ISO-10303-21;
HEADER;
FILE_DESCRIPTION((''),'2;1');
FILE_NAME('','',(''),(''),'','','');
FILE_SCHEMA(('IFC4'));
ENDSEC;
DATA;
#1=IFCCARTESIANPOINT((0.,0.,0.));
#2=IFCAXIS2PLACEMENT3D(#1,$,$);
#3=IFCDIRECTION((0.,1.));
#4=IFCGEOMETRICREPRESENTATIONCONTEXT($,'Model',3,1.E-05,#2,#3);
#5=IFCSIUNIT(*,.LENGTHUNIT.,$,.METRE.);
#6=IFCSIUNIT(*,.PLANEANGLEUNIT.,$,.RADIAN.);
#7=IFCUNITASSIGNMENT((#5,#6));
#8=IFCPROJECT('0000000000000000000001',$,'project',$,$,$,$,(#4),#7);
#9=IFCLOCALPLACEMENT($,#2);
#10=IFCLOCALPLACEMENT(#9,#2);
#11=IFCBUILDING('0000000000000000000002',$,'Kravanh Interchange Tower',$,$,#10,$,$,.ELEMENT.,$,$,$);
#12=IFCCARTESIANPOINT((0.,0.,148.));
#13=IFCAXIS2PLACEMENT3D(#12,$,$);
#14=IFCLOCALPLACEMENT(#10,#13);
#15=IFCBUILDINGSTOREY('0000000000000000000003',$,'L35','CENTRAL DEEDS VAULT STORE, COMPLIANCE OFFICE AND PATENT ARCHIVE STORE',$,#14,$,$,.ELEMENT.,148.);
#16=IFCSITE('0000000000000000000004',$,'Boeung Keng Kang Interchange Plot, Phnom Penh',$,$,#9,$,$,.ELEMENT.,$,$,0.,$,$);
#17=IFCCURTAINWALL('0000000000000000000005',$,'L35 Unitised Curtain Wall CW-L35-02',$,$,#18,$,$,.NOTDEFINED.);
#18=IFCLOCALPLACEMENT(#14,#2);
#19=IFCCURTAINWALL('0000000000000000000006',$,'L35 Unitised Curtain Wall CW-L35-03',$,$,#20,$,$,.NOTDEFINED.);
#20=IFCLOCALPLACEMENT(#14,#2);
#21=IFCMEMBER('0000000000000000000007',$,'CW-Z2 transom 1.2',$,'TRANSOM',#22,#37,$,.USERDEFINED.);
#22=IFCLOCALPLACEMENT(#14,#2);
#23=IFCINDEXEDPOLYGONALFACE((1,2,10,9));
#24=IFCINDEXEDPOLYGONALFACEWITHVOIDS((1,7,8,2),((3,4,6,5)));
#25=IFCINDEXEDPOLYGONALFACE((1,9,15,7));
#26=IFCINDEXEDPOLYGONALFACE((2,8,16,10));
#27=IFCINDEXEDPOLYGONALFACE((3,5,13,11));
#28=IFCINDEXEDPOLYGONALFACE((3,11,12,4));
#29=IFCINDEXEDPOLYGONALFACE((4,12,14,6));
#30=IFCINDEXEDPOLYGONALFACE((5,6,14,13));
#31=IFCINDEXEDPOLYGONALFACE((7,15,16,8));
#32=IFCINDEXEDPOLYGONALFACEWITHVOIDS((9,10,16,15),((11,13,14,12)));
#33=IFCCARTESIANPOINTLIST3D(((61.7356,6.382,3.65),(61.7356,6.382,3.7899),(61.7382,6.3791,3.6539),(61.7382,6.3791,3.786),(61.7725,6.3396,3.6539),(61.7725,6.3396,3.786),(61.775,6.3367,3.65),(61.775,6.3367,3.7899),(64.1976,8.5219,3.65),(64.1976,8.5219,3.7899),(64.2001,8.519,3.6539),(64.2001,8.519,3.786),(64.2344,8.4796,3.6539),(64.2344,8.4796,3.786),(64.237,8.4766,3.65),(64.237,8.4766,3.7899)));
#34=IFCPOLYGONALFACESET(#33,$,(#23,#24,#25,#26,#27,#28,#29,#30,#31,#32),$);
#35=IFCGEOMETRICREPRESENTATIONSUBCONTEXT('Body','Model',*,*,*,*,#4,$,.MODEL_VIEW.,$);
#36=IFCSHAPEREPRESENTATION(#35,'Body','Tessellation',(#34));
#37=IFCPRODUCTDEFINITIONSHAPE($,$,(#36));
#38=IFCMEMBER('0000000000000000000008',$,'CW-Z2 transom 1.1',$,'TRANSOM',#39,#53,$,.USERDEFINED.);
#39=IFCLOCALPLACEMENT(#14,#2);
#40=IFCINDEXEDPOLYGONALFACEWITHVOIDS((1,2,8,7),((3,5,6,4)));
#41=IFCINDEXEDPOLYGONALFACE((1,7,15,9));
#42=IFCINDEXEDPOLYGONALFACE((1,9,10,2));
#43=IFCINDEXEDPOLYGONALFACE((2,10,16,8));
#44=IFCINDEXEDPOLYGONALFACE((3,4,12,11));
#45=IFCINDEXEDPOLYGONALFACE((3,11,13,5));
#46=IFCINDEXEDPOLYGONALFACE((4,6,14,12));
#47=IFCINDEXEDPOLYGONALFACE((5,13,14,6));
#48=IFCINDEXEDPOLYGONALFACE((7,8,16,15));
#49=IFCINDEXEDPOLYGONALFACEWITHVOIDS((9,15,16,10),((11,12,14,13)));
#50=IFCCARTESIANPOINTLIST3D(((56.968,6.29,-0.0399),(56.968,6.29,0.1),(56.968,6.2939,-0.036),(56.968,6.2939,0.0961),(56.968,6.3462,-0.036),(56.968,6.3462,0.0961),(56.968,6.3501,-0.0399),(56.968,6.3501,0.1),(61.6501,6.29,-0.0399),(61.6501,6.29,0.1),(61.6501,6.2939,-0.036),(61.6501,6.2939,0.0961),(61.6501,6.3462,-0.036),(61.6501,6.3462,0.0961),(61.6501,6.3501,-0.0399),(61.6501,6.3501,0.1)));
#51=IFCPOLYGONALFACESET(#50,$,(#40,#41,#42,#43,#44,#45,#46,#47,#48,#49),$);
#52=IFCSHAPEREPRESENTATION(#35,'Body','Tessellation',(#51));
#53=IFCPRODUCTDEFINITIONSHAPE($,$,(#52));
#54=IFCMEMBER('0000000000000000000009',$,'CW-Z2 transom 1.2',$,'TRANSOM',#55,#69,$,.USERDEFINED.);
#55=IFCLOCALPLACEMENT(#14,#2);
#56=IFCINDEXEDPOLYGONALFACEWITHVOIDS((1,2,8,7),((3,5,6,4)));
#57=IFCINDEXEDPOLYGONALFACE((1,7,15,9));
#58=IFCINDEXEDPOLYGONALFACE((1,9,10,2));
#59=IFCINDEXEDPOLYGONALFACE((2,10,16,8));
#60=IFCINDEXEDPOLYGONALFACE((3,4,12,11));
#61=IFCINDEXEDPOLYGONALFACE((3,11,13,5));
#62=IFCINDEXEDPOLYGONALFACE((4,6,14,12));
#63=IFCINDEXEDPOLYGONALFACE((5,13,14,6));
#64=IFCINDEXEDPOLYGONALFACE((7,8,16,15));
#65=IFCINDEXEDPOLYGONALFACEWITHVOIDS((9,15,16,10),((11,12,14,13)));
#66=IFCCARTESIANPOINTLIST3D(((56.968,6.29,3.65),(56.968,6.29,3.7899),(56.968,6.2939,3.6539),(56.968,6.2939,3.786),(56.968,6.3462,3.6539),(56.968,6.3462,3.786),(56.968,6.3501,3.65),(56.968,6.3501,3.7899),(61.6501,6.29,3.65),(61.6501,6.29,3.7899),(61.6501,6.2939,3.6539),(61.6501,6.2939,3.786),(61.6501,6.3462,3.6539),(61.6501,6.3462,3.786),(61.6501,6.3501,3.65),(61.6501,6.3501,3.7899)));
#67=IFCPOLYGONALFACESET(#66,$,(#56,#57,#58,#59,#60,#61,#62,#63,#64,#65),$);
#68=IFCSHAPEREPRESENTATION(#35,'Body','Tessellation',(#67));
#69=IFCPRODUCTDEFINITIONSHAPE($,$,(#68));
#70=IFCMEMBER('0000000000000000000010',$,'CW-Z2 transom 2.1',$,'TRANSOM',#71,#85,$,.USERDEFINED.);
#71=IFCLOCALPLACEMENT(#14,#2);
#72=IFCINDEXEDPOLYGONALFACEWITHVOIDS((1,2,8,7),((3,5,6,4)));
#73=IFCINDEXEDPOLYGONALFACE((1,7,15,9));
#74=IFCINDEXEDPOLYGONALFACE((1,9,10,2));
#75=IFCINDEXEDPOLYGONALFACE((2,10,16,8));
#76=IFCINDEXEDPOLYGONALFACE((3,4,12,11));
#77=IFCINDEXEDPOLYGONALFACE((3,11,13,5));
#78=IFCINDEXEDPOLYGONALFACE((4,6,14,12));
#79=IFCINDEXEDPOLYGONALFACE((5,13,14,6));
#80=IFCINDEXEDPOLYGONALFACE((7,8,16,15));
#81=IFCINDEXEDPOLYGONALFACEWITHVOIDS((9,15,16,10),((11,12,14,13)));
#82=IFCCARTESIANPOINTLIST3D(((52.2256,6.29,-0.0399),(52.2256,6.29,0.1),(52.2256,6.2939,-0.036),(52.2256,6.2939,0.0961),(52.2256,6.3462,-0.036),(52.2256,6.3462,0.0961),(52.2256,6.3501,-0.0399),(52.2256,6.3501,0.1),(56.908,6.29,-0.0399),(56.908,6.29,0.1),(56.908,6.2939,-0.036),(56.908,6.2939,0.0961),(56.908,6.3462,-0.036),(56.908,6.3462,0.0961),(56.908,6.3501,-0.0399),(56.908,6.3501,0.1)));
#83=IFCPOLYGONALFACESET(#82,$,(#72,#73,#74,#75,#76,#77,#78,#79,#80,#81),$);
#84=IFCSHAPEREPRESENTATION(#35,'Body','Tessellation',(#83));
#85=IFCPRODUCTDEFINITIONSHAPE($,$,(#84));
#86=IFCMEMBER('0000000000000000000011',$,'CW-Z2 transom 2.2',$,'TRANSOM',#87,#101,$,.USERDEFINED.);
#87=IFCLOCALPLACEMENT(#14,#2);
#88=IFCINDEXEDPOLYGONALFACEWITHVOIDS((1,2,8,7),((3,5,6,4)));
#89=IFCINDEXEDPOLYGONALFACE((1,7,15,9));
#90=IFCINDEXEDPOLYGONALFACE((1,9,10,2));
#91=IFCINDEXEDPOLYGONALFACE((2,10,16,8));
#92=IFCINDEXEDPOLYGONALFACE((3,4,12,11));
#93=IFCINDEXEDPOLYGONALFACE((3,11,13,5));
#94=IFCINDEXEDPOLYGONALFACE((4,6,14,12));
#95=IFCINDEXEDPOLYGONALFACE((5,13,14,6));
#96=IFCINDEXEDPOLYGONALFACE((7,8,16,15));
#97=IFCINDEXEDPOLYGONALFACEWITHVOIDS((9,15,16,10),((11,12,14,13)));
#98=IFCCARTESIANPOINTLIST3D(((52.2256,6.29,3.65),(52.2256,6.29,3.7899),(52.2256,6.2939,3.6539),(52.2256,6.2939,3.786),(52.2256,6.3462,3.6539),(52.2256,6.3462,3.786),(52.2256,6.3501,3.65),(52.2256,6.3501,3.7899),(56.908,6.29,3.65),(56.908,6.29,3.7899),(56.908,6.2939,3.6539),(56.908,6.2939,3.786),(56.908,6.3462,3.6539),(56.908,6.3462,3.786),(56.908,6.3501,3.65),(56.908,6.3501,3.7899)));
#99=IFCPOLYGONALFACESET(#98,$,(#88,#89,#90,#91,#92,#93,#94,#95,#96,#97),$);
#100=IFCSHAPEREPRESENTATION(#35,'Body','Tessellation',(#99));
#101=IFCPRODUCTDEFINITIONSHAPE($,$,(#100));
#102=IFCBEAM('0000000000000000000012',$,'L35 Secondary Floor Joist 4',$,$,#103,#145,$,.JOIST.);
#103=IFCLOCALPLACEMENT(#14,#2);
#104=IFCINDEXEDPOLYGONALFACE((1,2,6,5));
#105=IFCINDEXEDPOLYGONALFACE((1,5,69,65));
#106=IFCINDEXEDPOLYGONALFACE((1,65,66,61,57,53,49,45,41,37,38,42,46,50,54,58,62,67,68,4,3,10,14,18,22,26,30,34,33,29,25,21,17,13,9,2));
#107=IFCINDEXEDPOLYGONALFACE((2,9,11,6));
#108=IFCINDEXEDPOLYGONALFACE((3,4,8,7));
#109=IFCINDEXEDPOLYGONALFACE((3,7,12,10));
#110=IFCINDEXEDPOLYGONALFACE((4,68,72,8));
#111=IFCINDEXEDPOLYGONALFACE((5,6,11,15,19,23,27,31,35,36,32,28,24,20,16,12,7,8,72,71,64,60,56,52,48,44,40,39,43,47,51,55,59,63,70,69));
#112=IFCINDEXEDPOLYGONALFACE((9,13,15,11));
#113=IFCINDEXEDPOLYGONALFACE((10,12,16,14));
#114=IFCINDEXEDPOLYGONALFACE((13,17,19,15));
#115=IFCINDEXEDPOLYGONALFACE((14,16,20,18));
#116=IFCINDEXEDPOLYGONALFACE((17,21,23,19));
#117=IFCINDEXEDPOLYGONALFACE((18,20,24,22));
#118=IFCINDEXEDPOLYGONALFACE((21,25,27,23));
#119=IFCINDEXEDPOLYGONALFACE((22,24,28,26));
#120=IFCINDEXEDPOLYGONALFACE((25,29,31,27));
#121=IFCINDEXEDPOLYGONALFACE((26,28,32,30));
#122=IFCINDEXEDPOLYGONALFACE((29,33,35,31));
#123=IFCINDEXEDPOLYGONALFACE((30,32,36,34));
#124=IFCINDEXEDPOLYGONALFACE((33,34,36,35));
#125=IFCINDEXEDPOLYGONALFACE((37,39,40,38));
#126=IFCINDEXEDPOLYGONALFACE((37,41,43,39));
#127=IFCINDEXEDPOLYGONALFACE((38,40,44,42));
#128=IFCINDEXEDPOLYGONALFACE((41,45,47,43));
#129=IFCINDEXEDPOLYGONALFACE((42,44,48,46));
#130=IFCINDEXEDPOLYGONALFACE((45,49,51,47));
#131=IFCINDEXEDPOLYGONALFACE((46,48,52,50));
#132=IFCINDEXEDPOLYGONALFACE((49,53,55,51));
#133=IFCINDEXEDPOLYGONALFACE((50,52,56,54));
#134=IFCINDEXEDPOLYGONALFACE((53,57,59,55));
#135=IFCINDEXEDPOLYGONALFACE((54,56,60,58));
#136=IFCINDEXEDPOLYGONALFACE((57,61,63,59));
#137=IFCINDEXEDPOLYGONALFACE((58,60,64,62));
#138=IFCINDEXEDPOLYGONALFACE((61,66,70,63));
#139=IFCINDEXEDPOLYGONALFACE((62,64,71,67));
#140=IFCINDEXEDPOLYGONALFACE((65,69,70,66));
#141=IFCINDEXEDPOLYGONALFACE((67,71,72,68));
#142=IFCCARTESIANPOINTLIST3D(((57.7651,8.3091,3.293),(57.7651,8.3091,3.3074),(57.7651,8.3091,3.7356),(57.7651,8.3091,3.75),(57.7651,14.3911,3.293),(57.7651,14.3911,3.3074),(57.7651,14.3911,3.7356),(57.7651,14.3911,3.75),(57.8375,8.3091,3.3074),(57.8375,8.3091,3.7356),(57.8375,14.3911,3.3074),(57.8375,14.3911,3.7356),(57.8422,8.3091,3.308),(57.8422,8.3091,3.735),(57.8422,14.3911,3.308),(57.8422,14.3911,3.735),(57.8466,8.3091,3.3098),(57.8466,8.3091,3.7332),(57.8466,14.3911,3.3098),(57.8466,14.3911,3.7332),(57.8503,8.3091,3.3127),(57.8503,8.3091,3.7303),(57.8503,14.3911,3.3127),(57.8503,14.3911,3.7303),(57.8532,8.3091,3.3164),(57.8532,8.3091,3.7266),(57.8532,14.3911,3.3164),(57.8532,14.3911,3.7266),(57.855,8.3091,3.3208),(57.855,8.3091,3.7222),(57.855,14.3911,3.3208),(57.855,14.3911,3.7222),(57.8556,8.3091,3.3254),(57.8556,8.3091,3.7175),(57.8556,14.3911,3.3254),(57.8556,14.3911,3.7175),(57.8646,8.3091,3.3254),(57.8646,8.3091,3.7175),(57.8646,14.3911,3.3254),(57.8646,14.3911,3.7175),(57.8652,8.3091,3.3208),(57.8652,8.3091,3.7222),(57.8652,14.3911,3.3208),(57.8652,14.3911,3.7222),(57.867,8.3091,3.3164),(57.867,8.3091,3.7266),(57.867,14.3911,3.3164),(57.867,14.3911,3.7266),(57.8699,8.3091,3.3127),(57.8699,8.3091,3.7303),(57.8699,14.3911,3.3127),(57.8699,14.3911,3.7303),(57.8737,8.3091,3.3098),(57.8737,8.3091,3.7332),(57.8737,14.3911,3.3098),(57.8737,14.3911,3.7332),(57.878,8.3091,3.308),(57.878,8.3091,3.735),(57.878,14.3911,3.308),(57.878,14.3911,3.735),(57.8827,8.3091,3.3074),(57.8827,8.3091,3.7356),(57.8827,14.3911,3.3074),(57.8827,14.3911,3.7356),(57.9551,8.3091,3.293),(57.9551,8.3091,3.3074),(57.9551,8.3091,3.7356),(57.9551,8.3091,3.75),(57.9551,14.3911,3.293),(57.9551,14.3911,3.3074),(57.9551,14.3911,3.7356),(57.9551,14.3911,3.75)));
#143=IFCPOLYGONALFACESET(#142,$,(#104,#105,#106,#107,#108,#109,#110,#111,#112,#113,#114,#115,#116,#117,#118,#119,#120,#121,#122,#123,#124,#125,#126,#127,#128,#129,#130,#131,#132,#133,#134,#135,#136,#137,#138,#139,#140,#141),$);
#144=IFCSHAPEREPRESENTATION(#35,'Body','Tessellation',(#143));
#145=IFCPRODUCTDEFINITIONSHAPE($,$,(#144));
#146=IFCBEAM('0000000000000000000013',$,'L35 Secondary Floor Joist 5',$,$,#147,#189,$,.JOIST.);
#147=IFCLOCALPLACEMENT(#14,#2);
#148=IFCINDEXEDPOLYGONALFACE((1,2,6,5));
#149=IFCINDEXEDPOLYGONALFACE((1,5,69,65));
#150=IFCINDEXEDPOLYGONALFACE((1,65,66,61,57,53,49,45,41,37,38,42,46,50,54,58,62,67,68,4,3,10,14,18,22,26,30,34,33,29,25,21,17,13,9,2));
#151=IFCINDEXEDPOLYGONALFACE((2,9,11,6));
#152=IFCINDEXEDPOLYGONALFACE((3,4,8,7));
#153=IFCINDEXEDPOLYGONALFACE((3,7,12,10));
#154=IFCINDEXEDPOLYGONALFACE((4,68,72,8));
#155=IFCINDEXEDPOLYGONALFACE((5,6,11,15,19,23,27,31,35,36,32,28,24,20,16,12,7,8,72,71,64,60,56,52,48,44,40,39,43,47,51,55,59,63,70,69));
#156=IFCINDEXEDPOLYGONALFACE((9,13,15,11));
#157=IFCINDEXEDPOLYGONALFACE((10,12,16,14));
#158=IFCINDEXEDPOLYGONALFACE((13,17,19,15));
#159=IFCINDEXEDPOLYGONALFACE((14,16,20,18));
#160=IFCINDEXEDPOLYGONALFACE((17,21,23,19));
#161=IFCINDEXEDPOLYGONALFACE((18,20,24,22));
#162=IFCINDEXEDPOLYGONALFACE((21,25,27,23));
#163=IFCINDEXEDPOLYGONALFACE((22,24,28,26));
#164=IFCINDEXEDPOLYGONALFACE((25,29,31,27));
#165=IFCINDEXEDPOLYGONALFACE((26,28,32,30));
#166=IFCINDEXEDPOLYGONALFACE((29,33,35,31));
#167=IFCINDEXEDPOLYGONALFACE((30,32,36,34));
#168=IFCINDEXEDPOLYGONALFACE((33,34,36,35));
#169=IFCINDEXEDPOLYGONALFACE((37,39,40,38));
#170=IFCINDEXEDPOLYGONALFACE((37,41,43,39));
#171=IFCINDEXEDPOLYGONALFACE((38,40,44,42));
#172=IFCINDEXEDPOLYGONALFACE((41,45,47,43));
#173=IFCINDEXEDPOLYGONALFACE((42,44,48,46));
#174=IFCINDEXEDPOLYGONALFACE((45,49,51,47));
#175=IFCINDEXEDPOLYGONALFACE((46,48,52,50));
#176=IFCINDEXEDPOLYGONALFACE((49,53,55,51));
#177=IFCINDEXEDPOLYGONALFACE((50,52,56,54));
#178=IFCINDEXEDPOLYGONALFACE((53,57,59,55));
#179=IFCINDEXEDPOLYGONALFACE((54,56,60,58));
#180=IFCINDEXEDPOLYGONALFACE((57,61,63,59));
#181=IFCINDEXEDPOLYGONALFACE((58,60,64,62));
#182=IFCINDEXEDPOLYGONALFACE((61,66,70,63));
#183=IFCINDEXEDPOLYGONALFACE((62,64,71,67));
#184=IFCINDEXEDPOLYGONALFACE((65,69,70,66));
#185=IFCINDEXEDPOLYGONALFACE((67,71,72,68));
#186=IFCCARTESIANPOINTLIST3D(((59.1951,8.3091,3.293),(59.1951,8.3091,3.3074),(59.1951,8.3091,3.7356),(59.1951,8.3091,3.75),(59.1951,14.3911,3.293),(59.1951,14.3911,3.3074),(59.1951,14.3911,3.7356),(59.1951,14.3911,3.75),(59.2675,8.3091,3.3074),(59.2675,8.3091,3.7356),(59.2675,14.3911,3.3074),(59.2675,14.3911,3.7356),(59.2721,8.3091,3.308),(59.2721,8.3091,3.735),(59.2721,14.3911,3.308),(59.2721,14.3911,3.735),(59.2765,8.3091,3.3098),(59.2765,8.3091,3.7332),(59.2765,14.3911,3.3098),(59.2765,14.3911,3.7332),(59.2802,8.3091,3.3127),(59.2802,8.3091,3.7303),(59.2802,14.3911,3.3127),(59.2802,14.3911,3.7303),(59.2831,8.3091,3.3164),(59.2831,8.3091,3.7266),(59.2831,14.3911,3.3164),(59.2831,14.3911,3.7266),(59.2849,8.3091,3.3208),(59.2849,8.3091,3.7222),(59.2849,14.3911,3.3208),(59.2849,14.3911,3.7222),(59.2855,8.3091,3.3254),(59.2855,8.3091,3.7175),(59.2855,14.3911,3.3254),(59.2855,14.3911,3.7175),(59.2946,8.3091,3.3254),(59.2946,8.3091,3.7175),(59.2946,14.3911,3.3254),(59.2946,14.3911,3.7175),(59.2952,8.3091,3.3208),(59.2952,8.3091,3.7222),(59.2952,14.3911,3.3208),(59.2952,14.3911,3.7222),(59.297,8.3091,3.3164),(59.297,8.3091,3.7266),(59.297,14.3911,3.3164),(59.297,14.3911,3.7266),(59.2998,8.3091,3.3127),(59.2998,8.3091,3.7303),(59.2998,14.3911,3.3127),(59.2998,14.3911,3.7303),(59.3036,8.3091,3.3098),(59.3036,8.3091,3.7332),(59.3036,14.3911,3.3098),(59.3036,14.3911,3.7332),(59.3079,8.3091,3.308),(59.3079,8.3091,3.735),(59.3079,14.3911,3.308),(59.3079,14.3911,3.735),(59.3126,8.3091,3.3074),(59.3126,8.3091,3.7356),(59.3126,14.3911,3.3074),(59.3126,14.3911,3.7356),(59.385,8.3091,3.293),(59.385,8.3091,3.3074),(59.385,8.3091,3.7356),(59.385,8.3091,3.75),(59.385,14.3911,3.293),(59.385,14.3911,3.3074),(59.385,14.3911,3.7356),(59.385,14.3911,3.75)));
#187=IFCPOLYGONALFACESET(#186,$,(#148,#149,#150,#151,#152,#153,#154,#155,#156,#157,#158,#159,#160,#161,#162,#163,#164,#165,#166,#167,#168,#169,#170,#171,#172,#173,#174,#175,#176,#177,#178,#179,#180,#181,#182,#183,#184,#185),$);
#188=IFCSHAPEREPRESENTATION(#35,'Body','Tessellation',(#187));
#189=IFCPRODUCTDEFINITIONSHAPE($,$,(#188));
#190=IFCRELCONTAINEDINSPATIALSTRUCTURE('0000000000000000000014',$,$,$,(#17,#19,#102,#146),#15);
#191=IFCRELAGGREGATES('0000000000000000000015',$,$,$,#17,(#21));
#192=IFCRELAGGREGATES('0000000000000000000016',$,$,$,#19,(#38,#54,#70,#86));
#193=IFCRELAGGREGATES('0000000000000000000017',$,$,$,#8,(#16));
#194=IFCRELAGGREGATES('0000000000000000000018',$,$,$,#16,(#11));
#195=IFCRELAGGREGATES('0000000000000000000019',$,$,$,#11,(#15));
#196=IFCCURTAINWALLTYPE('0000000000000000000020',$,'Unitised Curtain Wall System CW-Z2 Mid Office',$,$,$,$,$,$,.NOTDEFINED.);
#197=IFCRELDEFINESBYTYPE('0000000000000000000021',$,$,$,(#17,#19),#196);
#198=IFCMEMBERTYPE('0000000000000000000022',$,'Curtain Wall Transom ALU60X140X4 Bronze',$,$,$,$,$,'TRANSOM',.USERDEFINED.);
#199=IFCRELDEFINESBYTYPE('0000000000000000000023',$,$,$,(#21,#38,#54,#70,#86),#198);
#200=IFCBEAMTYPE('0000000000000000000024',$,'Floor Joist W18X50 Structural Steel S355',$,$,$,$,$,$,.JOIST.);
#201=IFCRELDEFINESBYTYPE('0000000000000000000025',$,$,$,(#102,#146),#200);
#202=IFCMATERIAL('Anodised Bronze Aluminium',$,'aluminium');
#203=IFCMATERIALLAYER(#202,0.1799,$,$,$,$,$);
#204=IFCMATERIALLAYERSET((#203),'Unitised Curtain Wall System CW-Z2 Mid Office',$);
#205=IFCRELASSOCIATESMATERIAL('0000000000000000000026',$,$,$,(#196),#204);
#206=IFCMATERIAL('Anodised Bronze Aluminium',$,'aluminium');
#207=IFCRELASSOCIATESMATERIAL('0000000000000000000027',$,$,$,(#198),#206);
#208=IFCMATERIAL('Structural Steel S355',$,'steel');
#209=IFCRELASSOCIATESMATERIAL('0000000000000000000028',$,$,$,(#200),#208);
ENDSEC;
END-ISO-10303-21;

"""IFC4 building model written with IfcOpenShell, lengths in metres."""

from ifc_helpers import new_model, si_unit, direction, frame, origin, origin_2d, place, context, subcontext, project, spatial, hollow_rectangle, i_section, extrude, material, layer, layer_set, material_profile, profile_set, type_object, element, aggregate, save


model = new_model("IFC4")

# Units and contexts
model_context = context("Model", 3, precision=1e-05, world=origin(), true_north=direction((0.0, 1.0)))
body_context = subcontext(model_context, "Body", "Model", "MODEL_VIEW")
ifc_project = project(units=[si_unit("LENGTHUNIT", "METRE"), si_unit("PLANEANGLEUNIT", "RADIAN")], contexts=[model_context])

# Site, building, storey
site_placement = place(None, origin())
site = spatial("IfcSite", under=ifc_project, at=site_placement, Name="Boeung Keng Kang Interchange Plot, Phnom Penh", CompositionType="ELEMENT", RefElevation=0.0)
building_placement = place(site_placement, origin())
building = spatial("IfcBuilding", under=site, at=building_placement, Name="Kravanh Interchange Tower", CompositionType="ELEMENT")
storey_placement = place(building_placement, frame((0.0, 0.0, 148.0)))
storey = spatial("IfcBuildingStorey", under=building, at=storey_placement, Name="L35", Description="CENTRAL DEEDS VAULT STORE, COMPLIANCE OFFICE AND PATENT ARCHIVE STORE", CompositionType="ELEMENT", Elevation=148.0)

# Curtain walls
ifc_material_1 = material(Name="Anodised Bronze Aluminium", Category="aluminium")
ifc_layer_1 = layer(ifc_material_1, 0.1799)
ifc_layer_set_1 = layer_set([ifc_layer_1], Name="Unitised Curtain Wall System CW-Z2 Mid Office")
curtain_wall_type = type_object("IfcCurtainWallType", Name="Unitised Curtain Wall System CW-Z2 Mid Office", PredefinedType="NOTDEFINED", material=ifc_layer_set_1)
curtain_wall_1_placement = place(storey_placement, origin())
curtain_wall_1 = element("IfcCurtainWall", 1, at=curtain_wall_1_placement, inside=storey, type_object=curtain_wall_type, Name="L35 Unitised Curtain Wall CW-L35-02", PredefinedType="NOTDEFINED")
curtain_wall_2_placement = place(storey_placement, origin())
curtain_wall_2 = element("IfcCurtainWall", 2, at=curtain_wall_2_placement, inside=storey, type_object=curtain_wall_type, Name="L35 Unitised Curtain Wall CW-L35-03", PredefinedType="NOTDEFINED")

# Members
ifc_material_2 = material(Name="Anodised Bronze Aluminium", Category="aluminium")
ifc_material_profile_1 = material_profile(ifc_material_2, hollow_rectangle(XDim=0.0601, YDim=0.1399, WallThickness=0.0039, at=origin_2d()), Name="ALU60X140X4")
ifc_profile_set_1 = profile_set([ifc_material_profile_1], Name="Anodised Bronze Aluminium")
member_type_1 = type_object("IfcMemberType", Name="Curtain Wall Transom ALU60X140X4 Bronze", ElementType="TRANSOM", PredefinedType="USERDEFINED", material=ifc_profile_set_1)
member_1_placement = place(storey_placement, frame((64.2173, 8.4993, 3.72), z_axis=(-0.754742, -0.656021, 0.0), x_axis=(0.656021, -0.754742, 0.0)))
member_1 = element("IfcMember", 3, at=member_1_placement, type_object=member_type_1, Name="CW-Z2 transom 1.2", ObjectType="TRANSOM", PredefinedType="USERDEFINED", context=body_context, shape_type="SweptSolid", body=[
    extrude(hollow_rectangle(XDim=0.0601, YDim=0.1399, WallThickness=0.0039, at=origin_2d()), origin(), (0.0, 0.0, 1.0), 3.262),
])
member_2_placement = place(storey_placement, frame((61.6501, 6.3201, 0.03), z_axis=(-1.0, 0.0, 0.0), x_axis=(0.0, -1.0, 0.0)))
member_2 = element("IfcMember", 4, at=member_2_placement, type_object=member_type_1, Name="CW-Z2 transom 1.1", ObjectType="TRANSOM", PredefinedType="USERDEFINED", context=body_context, shape_type="SweptSolid", body=[
    extrude(hollow_rectangle(XDim=0.0601, YDim=0.1399, WallThickness=0.0039, at=origin_2d()), origin(), (0.0, 0.0, 1.0), 4.6821),
])
member_3_placement = place(storey_placement, frame((61.6501, 6.3201, 3.72), z_axis=(-1.0, 0.0, 0.0), x_axis=(0.0, -1.0, 0.0)))
member_3 = element("IfcMember", 5, at=member_3_placement, type_object=member_type_1, Name="CW-Z2 transom 1.2", ObjectType="TRANSOM", PredefinedType="USERDEFINED", context=body_context, shape_type="SweptSolid", body=[
    extrude(hollow_rectangle(XDim=0.0601, YDim=0.1399, WallThickness=0.0039, at=origin_2d()), origin(), (0.0, 0.0, 1.0), 4.6821),
])
member_4_placement = place(storey_placement, frame((56.908, 6.3201, 0.03), z_axis=(-1.0, 0.0, 0.0), x_axis=(0.0, -1.0, 0.0)))
member_4 = element("IfcMember", 6, at=member_4_placement, type_object=member_type_1, Name="CW-Z2 transom 2.1", ObjectType="TRANSOM", PredefinedType="USERDEFINED", context=body_context, shape_type="SweptSolid", body=[
    extrude(hollow_rectangle(XDim=0.0601, YDim=0.1399, WallThickness=0.0039, at=origin_2d()), origin(), (0.0, 0.0, 1.0), 4.6824),
])
member_5_placement = place(storey_placement, frame((56.908, 6.3201, 3.72), z_axis=(-1.0, 0.0, 0.0), x_axis=(0.0, -1.0, 0.0)))
member_5 = element("IfcMember", 7, at=member_5_placement, type_object=member_type_1, Name="CW-Z2 transom 2.2", ObjectType="TRANSOM", PredefinedType="USERDEFINED", context=body_context, shape_type="SweptSolid", body=[
    extrude(hollow_rectangle(XDim=0.0601, YDim=0.1399, WallThickness=0.0039, at=origin_2d()), origin(), (0.0, 0.0, 1.0), 4.6824),
])

# Beams
ifc_material_3 = material(Name="Structural Steel S355", Category="steel")
ifc_material_profile_2 = material_profile(ifc_material_3, i_section(OverallWidth=0.1899, OverallDepth=0.457, WebThickness=0.009, FlangeThickness=0.0144, FilletRadius=0.0181, at=origin_2d()), Name="W18X50")
ifc_profile_set_2 = profile_set([ifc_material_profile_2], Name="Structural Steel S355")
beam_type_1 = type_object("IfcBeamType", Name="Floor Joist W18X50 Structural Steel S355", PredefinedType="JOIST", material=ifc_profile_set_2)
for number, where, z_axis, x_axis, name in (
    (8, (57.8601, 8.3091, 3.5215), (0.0, 1.0, 0.0), (-1.0, 0.0, 0.0), "L35 Secondary Floor Joist 4"),
    (9, (59.29, 8.3091, 3.5215), (0.0, 1.0, 0.0), (-1.0, 0.0, 0.0), "L35 Secondary Floor Joist 5"),
):
    element("IfcBeam", number, at=place(storey_placement, frame(where, z_axis=z_axis, x_axis=x_axis)), inside=storey, type_object=beam_type_1, Name=name, PredefinedType="JOIST", context=body_context, shape_type="SweptSolid", body=[
        extrude(i_section(OverallWidth=0.1899, OverallDepth=0.457, WebThickness=0.009, FlangeThickness=0.0144, FilletRadius=0.0181, at=origin_2d()), origin(), (0.0, 0.0, 1.0), 6.082),
    ])

aggregate(curtain_wall_1, [member_1])
aggregate(curtain_wall_2, [member_2, member_3, member_4, member_5])

save(model, "model.ifc")
